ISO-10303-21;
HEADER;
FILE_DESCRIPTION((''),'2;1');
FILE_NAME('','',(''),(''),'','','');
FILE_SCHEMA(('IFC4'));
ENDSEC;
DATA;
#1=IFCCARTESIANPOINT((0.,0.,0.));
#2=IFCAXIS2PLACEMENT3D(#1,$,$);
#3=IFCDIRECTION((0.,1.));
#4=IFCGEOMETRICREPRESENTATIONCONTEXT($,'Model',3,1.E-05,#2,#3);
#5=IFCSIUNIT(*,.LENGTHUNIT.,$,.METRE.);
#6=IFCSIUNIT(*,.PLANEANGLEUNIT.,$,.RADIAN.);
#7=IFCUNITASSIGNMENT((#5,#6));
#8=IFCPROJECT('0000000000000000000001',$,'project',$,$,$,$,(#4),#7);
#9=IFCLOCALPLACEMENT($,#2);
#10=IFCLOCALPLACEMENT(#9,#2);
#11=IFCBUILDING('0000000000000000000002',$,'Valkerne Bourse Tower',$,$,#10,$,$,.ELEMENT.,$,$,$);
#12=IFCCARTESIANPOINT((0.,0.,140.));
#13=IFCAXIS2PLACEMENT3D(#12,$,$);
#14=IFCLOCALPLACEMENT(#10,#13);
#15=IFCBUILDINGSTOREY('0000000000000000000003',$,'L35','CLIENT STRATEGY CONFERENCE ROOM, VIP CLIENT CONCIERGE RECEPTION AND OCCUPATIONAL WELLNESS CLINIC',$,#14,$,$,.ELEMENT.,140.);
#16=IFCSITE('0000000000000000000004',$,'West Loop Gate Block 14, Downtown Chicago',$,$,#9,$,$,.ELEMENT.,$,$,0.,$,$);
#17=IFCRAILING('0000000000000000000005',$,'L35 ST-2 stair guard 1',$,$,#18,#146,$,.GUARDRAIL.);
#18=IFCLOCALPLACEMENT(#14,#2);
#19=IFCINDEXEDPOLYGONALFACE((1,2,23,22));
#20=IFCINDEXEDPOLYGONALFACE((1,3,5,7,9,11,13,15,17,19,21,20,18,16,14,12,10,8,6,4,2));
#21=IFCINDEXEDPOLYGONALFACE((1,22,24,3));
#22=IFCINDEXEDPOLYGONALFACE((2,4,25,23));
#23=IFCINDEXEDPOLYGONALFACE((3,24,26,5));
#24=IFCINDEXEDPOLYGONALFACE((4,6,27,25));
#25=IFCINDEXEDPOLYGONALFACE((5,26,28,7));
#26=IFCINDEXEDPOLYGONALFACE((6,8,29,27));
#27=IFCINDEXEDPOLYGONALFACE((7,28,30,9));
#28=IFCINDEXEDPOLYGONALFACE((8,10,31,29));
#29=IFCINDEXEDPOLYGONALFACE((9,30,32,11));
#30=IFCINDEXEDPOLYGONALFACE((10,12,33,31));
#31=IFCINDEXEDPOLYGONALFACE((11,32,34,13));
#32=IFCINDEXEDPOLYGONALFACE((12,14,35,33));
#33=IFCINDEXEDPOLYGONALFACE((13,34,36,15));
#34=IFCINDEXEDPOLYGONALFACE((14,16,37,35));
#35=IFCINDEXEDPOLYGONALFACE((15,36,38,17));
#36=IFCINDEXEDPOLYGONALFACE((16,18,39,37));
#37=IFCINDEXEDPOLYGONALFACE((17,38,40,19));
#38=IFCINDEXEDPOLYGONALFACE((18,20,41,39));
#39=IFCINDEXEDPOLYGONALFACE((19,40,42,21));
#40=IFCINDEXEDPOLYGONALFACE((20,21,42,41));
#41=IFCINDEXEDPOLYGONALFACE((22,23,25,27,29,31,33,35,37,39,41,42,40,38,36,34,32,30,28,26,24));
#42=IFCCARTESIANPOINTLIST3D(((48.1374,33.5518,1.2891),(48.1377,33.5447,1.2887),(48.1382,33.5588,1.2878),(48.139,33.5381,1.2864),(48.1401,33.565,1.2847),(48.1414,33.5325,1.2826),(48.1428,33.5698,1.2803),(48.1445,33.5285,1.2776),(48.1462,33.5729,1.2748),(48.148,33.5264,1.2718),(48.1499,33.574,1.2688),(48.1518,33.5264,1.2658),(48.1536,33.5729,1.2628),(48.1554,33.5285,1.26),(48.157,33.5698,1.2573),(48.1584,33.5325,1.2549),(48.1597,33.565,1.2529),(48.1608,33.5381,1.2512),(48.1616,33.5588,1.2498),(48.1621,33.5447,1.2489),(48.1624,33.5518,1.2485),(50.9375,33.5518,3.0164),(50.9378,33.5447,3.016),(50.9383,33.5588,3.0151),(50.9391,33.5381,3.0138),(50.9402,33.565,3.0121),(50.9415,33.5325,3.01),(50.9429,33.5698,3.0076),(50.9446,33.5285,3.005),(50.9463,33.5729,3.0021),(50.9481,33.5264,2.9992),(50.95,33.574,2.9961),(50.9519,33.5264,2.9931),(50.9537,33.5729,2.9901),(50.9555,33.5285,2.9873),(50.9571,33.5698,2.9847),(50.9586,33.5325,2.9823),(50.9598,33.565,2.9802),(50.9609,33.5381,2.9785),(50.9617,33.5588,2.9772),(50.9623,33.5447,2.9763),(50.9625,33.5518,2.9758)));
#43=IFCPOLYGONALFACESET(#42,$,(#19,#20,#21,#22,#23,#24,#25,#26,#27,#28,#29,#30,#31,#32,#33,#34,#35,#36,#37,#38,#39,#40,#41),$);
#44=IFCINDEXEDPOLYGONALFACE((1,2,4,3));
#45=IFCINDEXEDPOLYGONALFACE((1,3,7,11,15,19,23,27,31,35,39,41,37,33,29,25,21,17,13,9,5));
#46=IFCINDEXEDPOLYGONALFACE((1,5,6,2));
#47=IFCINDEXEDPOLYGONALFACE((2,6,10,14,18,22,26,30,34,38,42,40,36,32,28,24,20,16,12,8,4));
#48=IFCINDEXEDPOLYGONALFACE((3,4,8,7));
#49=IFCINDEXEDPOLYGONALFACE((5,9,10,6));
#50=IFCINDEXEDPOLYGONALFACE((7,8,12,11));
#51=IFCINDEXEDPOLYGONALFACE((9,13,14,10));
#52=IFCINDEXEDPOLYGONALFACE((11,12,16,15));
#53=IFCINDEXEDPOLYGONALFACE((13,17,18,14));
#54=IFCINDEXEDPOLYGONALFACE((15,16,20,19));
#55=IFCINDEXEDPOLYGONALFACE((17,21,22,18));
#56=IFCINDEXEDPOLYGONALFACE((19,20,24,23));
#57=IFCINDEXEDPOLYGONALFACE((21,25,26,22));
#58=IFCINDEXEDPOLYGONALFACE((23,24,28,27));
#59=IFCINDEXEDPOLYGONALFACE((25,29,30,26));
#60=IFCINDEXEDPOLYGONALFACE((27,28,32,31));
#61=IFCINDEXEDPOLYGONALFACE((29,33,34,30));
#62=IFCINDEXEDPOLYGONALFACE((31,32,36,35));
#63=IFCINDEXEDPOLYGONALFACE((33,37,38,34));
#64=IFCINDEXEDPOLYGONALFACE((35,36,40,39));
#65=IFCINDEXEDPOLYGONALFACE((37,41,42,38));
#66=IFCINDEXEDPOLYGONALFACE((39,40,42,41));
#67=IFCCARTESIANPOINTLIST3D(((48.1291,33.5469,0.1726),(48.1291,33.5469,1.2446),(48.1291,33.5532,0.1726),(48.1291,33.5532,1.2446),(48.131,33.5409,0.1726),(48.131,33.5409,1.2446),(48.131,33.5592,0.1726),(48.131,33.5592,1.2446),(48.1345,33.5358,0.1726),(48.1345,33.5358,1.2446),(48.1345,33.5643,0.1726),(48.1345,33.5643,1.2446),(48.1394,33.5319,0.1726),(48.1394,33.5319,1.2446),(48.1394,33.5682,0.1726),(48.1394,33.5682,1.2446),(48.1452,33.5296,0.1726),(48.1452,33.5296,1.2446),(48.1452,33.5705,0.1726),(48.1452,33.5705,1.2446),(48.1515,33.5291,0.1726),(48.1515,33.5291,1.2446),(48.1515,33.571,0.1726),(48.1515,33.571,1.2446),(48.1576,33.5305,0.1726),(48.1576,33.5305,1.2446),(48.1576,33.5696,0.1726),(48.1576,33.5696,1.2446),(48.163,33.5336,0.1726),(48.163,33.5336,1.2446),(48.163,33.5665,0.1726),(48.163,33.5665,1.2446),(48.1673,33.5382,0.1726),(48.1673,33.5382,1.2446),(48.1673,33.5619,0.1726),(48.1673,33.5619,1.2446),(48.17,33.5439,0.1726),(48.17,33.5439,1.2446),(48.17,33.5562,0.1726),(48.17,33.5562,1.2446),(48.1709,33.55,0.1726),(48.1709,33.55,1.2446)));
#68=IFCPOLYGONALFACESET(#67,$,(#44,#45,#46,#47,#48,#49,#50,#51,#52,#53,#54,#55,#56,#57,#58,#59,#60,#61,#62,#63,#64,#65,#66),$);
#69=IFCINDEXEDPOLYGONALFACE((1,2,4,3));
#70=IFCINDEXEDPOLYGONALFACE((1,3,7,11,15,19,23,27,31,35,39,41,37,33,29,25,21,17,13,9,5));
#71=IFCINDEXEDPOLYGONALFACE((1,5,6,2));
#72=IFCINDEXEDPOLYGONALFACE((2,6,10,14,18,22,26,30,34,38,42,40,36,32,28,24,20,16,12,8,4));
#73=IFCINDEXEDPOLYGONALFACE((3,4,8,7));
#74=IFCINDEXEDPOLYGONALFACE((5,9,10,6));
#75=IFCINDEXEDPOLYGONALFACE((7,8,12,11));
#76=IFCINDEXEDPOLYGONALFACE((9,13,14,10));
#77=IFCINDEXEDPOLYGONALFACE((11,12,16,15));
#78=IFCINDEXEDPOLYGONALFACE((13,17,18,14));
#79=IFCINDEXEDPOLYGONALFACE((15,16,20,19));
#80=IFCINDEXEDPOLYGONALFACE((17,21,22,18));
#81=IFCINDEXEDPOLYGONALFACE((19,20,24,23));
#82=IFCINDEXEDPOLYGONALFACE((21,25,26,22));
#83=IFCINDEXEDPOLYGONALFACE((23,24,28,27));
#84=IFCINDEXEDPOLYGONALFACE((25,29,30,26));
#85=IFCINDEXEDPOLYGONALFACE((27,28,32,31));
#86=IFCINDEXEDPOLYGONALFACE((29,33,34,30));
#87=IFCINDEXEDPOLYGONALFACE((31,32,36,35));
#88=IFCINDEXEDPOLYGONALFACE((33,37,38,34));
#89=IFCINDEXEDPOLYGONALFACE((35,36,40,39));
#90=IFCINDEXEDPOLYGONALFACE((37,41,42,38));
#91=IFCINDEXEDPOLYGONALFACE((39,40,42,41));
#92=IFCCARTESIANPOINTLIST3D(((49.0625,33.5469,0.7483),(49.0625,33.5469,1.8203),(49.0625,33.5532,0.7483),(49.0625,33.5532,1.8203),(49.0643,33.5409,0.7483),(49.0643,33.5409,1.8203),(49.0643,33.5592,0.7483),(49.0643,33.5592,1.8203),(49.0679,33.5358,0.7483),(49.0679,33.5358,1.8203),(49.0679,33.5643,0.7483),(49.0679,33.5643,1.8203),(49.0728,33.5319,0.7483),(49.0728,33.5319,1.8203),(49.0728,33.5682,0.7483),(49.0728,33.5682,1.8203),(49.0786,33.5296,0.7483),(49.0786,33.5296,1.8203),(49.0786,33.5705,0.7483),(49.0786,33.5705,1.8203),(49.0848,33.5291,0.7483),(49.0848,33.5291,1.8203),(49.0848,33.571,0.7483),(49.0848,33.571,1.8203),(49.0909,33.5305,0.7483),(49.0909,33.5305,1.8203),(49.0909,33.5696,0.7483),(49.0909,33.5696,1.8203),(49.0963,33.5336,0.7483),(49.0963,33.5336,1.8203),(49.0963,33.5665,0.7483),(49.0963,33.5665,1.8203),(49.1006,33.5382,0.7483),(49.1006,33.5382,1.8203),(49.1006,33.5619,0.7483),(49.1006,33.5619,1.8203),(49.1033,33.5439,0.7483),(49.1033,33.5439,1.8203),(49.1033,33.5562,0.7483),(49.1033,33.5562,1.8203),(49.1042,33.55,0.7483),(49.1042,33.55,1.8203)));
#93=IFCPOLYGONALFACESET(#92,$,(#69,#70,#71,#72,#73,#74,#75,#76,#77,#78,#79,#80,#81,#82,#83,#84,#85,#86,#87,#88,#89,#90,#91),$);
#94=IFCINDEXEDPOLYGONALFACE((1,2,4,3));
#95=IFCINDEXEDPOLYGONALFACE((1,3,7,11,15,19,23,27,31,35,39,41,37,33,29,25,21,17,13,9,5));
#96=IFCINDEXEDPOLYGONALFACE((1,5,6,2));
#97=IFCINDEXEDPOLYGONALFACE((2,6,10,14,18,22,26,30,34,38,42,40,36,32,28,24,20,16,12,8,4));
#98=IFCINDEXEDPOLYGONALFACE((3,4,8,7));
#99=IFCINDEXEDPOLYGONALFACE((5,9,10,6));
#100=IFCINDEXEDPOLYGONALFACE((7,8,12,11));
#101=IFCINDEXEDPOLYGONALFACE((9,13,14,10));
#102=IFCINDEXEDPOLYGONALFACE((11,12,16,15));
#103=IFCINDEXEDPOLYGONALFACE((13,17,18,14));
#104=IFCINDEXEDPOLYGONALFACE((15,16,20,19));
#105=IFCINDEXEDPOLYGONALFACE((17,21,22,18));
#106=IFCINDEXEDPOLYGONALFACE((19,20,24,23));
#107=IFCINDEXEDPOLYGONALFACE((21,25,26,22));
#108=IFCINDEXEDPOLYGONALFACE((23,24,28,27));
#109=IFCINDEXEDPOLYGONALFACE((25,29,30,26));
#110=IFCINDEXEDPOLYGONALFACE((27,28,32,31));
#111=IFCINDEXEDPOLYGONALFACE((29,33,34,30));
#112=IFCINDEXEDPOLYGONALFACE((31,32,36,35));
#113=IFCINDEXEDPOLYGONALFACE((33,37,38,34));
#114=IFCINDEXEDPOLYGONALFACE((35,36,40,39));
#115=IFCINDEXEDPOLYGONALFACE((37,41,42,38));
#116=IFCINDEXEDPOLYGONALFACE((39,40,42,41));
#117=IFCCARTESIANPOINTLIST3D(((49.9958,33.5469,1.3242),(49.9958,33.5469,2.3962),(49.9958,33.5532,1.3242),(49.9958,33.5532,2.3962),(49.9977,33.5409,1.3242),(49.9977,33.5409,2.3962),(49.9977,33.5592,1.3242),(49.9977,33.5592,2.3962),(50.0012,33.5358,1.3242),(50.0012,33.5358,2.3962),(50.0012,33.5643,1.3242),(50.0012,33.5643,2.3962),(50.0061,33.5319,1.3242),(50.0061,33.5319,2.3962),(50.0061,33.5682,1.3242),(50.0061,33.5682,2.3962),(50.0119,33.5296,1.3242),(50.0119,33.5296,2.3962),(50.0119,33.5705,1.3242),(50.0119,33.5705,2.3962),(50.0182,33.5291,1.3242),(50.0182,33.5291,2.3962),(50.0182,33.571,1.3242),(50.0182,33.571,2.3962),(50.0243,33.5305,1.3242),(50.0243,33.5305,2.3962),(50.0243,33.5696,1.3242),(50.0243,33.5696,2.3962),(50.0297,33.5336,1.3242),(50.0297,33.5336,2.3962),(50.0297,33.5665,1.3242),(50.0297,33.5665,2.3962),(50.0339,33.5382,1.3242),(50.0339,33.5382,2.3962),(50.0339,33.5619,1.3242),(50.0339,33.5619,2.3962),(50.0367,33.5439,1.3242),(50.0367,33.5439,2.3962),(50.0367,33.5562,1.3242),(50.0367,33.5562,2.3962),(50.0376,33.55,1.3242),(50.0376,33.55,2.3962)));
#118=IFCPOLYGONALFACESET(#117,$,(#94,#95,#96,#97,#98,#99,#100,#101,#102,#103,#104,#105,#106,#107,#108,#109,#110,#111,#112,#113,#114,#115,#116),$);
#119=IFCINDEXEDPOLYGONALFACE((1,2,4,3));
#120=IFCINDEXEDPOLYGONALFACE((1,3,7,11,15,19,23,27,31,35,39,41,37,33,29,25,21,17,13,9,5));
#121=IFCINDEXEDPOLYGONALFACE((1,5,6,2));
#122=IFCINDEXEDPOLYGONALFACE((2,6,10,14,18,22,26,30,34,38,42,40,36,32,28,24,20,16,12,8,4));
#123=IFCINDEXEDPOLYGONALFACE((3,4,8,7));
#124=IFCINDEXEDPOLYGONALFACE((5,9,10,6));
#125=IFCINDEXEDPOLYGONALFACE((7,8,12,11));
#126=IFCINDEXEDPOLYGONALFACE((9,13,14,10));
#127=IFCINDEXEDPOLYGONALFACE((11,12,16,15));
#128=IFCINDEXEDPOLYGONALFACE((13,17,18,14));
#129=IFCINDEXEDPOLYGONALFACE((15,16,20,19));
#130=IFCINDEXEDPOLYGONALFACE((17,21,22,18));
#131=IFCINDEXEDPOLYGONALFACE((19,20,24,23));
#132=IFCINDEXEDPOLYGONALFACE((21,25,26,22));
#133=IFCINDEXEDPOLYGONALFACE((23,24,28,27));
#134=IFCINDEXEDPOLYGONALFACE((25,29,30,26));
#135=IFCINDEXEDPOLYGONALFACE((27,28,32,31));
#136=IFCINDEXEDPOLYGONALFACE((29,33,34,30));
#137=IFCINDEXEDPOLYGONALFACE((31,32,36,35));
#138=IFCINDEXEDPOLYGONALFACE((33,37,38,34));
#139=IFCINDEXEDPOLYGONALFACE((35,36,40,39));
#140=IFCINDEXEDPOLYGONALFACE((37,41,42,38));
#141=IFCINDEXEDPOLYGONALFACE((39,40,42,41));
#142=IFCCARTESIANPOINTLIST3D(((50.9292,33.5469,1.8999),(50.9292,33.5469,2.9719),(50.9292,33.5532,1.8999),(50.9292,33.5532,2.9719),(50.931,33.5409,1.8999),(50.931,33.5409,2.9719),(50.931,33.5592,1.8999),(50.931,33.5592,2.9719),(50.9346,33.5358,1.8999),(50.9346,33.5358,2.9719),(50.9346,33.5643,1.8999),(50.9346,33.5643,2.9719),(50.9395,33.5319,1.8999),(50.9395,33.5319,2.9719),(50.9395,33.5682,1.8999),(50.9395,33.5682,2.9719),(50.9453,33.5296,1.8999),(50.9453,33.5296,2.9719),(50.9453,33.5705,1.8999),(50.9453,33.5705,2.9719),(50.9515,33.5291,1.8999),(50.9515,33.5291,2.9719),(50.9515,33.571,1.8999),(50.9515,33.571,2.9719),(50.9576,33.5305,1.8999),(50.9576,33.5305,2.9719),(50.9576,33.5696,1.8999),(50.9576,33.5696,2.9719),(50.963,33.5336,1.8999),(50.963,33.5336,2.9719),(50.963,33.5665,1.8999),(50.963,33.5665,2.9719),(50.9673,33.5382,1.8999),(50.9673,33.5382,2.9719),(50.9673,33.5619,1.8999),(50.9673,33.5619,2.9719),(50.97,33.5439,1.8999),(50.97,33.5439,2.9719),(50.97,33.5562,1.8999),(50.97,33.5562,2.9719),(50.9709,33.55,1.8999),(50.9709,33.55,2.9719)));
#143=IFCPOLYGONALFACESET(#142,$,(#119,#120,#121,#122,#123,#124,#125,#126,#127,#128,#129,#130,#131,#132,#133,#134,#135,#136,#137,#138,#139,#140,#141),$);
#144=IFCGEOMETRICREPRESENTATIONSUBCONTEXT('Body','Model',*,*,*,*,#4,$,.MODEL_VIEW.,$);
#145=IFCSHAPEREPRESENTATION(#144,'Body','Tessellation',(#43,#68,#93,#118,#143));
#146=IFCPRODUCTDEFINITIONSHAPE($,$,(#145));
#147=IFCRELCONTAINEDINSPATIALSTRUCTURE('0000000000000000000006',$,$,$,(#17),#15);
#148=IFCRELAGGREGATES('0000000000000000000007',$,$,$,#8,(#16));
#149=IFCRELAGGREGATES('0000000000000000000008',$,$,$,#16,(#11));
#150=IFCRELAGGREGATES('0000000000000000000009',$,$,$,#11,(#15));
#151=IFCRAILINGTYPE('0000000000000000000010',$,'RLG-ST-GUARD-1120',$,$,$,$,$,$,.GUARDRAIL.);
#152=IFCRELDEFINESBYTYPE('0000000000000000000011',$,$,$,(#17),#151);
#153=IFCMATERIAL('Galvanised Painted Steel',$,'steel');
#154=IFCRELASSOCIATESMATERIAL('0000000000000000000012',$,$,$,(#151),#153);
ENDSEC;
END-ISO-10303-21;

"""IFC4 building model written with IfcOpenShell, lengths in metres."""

from ifc_helpers import new_model, si_unit, direction, frame, origin, origin_2d, place, context, subcontext, project, spatial, circle, extrude, material, type_object, element, save


model = new_model("IFC4")

# Units and contexts
model_context = context("Model", 3, precision=1e-05, world=origin(), true_north=direction((0.0, 1.0)))
body_context = subcontext(model_context, "Body", "Model", "MODEL_VIEW")
ifc_project = project(units=[si_unit("LENGTHUNIT", "METRE"), si_unit("PLANEANGLEUNIT", "RADIAN")], contexts=[model_context])

# Site, building, storey
site_placement = place(None, origin())
site = spatial("IfcSite", under=ifc_project, at=site_placement, Name="West Loop Gate Block 14, Downtown Chicago", CompositionType="ELEMENT", RefElevation=0.0)
building_placement = place(site_placement, origin())
building = spatial("IfcBuilding", under=site, at=building_placement, Name="Valkerne Bourse Tower", CompositionType="ELEMENT")
storey_placement = place(building_placement, frame((0.0, 0.0, 140.0)))
storey = spatial("IfcBuildingStorey", under=building, at=storey_placement, Name="L35", Description="CLIENT STRATEGY CONFERENCE ROOM, VIP CLIENT CONCIERGE RECEPTION AND OCCUPATIONAL WELLNESS CLINIC", CompositionType="ELEMENT", Elevation=140.0)

# Shared definitions
ifc_material_1 = material(Name="Galvanised Painted Steel", Category="steel")

# Railing
railing_type_1 = type_object("IfcRailingType", Name="RLG-ST-GUARD-1120", PredefinedType="GUARDRAIL", material=ifc_material_1)
railing_1_placement = place(storey_placement, frame((48.1499, 33.55, 0.1726)))
element("IfcRailing", 1, at=railing_1_placement, inside=storey, type_object=railing_type_1, Name="L35 ST-2 stair guard 1", PredefinedType="GUARDRAIL", context=body_context, shape_type="SweptSolid", body=[
    extrude(circle(Radius=0.0239, at=origin_2d()), frame((0.0, 0.0, 1.0962), z_axis=(0.85109, 0.0, 0.52502), x_axis=(0.0, 1.0, 0.0)), (0.0, 0.0, 1.0), 3.29),
    extrude(circle(Radius=0.021, at=origin_2d()), origin(), (0.0, 0.0, 1.0), 1.072),
    extrude(circle(Radius=0.021, at=origin_2d()), frame((0.9333, 0.0, 0.5757)), (0.0, 0.0, 1.0), 1.072),
    extrude(circle(Radius=0.021, at=origin_2d()), frame((1.8667, 0.0, 1.1516)), (0.0, 0.0, 1.0), 1.072),
    extrude(circle(Radius=0.021, at=origin_2d()), frame((2.8, 0.0, 1.7273)), (0.0, 0.0, 1.0), 1.072),
])

save(model, "model.ifc")
